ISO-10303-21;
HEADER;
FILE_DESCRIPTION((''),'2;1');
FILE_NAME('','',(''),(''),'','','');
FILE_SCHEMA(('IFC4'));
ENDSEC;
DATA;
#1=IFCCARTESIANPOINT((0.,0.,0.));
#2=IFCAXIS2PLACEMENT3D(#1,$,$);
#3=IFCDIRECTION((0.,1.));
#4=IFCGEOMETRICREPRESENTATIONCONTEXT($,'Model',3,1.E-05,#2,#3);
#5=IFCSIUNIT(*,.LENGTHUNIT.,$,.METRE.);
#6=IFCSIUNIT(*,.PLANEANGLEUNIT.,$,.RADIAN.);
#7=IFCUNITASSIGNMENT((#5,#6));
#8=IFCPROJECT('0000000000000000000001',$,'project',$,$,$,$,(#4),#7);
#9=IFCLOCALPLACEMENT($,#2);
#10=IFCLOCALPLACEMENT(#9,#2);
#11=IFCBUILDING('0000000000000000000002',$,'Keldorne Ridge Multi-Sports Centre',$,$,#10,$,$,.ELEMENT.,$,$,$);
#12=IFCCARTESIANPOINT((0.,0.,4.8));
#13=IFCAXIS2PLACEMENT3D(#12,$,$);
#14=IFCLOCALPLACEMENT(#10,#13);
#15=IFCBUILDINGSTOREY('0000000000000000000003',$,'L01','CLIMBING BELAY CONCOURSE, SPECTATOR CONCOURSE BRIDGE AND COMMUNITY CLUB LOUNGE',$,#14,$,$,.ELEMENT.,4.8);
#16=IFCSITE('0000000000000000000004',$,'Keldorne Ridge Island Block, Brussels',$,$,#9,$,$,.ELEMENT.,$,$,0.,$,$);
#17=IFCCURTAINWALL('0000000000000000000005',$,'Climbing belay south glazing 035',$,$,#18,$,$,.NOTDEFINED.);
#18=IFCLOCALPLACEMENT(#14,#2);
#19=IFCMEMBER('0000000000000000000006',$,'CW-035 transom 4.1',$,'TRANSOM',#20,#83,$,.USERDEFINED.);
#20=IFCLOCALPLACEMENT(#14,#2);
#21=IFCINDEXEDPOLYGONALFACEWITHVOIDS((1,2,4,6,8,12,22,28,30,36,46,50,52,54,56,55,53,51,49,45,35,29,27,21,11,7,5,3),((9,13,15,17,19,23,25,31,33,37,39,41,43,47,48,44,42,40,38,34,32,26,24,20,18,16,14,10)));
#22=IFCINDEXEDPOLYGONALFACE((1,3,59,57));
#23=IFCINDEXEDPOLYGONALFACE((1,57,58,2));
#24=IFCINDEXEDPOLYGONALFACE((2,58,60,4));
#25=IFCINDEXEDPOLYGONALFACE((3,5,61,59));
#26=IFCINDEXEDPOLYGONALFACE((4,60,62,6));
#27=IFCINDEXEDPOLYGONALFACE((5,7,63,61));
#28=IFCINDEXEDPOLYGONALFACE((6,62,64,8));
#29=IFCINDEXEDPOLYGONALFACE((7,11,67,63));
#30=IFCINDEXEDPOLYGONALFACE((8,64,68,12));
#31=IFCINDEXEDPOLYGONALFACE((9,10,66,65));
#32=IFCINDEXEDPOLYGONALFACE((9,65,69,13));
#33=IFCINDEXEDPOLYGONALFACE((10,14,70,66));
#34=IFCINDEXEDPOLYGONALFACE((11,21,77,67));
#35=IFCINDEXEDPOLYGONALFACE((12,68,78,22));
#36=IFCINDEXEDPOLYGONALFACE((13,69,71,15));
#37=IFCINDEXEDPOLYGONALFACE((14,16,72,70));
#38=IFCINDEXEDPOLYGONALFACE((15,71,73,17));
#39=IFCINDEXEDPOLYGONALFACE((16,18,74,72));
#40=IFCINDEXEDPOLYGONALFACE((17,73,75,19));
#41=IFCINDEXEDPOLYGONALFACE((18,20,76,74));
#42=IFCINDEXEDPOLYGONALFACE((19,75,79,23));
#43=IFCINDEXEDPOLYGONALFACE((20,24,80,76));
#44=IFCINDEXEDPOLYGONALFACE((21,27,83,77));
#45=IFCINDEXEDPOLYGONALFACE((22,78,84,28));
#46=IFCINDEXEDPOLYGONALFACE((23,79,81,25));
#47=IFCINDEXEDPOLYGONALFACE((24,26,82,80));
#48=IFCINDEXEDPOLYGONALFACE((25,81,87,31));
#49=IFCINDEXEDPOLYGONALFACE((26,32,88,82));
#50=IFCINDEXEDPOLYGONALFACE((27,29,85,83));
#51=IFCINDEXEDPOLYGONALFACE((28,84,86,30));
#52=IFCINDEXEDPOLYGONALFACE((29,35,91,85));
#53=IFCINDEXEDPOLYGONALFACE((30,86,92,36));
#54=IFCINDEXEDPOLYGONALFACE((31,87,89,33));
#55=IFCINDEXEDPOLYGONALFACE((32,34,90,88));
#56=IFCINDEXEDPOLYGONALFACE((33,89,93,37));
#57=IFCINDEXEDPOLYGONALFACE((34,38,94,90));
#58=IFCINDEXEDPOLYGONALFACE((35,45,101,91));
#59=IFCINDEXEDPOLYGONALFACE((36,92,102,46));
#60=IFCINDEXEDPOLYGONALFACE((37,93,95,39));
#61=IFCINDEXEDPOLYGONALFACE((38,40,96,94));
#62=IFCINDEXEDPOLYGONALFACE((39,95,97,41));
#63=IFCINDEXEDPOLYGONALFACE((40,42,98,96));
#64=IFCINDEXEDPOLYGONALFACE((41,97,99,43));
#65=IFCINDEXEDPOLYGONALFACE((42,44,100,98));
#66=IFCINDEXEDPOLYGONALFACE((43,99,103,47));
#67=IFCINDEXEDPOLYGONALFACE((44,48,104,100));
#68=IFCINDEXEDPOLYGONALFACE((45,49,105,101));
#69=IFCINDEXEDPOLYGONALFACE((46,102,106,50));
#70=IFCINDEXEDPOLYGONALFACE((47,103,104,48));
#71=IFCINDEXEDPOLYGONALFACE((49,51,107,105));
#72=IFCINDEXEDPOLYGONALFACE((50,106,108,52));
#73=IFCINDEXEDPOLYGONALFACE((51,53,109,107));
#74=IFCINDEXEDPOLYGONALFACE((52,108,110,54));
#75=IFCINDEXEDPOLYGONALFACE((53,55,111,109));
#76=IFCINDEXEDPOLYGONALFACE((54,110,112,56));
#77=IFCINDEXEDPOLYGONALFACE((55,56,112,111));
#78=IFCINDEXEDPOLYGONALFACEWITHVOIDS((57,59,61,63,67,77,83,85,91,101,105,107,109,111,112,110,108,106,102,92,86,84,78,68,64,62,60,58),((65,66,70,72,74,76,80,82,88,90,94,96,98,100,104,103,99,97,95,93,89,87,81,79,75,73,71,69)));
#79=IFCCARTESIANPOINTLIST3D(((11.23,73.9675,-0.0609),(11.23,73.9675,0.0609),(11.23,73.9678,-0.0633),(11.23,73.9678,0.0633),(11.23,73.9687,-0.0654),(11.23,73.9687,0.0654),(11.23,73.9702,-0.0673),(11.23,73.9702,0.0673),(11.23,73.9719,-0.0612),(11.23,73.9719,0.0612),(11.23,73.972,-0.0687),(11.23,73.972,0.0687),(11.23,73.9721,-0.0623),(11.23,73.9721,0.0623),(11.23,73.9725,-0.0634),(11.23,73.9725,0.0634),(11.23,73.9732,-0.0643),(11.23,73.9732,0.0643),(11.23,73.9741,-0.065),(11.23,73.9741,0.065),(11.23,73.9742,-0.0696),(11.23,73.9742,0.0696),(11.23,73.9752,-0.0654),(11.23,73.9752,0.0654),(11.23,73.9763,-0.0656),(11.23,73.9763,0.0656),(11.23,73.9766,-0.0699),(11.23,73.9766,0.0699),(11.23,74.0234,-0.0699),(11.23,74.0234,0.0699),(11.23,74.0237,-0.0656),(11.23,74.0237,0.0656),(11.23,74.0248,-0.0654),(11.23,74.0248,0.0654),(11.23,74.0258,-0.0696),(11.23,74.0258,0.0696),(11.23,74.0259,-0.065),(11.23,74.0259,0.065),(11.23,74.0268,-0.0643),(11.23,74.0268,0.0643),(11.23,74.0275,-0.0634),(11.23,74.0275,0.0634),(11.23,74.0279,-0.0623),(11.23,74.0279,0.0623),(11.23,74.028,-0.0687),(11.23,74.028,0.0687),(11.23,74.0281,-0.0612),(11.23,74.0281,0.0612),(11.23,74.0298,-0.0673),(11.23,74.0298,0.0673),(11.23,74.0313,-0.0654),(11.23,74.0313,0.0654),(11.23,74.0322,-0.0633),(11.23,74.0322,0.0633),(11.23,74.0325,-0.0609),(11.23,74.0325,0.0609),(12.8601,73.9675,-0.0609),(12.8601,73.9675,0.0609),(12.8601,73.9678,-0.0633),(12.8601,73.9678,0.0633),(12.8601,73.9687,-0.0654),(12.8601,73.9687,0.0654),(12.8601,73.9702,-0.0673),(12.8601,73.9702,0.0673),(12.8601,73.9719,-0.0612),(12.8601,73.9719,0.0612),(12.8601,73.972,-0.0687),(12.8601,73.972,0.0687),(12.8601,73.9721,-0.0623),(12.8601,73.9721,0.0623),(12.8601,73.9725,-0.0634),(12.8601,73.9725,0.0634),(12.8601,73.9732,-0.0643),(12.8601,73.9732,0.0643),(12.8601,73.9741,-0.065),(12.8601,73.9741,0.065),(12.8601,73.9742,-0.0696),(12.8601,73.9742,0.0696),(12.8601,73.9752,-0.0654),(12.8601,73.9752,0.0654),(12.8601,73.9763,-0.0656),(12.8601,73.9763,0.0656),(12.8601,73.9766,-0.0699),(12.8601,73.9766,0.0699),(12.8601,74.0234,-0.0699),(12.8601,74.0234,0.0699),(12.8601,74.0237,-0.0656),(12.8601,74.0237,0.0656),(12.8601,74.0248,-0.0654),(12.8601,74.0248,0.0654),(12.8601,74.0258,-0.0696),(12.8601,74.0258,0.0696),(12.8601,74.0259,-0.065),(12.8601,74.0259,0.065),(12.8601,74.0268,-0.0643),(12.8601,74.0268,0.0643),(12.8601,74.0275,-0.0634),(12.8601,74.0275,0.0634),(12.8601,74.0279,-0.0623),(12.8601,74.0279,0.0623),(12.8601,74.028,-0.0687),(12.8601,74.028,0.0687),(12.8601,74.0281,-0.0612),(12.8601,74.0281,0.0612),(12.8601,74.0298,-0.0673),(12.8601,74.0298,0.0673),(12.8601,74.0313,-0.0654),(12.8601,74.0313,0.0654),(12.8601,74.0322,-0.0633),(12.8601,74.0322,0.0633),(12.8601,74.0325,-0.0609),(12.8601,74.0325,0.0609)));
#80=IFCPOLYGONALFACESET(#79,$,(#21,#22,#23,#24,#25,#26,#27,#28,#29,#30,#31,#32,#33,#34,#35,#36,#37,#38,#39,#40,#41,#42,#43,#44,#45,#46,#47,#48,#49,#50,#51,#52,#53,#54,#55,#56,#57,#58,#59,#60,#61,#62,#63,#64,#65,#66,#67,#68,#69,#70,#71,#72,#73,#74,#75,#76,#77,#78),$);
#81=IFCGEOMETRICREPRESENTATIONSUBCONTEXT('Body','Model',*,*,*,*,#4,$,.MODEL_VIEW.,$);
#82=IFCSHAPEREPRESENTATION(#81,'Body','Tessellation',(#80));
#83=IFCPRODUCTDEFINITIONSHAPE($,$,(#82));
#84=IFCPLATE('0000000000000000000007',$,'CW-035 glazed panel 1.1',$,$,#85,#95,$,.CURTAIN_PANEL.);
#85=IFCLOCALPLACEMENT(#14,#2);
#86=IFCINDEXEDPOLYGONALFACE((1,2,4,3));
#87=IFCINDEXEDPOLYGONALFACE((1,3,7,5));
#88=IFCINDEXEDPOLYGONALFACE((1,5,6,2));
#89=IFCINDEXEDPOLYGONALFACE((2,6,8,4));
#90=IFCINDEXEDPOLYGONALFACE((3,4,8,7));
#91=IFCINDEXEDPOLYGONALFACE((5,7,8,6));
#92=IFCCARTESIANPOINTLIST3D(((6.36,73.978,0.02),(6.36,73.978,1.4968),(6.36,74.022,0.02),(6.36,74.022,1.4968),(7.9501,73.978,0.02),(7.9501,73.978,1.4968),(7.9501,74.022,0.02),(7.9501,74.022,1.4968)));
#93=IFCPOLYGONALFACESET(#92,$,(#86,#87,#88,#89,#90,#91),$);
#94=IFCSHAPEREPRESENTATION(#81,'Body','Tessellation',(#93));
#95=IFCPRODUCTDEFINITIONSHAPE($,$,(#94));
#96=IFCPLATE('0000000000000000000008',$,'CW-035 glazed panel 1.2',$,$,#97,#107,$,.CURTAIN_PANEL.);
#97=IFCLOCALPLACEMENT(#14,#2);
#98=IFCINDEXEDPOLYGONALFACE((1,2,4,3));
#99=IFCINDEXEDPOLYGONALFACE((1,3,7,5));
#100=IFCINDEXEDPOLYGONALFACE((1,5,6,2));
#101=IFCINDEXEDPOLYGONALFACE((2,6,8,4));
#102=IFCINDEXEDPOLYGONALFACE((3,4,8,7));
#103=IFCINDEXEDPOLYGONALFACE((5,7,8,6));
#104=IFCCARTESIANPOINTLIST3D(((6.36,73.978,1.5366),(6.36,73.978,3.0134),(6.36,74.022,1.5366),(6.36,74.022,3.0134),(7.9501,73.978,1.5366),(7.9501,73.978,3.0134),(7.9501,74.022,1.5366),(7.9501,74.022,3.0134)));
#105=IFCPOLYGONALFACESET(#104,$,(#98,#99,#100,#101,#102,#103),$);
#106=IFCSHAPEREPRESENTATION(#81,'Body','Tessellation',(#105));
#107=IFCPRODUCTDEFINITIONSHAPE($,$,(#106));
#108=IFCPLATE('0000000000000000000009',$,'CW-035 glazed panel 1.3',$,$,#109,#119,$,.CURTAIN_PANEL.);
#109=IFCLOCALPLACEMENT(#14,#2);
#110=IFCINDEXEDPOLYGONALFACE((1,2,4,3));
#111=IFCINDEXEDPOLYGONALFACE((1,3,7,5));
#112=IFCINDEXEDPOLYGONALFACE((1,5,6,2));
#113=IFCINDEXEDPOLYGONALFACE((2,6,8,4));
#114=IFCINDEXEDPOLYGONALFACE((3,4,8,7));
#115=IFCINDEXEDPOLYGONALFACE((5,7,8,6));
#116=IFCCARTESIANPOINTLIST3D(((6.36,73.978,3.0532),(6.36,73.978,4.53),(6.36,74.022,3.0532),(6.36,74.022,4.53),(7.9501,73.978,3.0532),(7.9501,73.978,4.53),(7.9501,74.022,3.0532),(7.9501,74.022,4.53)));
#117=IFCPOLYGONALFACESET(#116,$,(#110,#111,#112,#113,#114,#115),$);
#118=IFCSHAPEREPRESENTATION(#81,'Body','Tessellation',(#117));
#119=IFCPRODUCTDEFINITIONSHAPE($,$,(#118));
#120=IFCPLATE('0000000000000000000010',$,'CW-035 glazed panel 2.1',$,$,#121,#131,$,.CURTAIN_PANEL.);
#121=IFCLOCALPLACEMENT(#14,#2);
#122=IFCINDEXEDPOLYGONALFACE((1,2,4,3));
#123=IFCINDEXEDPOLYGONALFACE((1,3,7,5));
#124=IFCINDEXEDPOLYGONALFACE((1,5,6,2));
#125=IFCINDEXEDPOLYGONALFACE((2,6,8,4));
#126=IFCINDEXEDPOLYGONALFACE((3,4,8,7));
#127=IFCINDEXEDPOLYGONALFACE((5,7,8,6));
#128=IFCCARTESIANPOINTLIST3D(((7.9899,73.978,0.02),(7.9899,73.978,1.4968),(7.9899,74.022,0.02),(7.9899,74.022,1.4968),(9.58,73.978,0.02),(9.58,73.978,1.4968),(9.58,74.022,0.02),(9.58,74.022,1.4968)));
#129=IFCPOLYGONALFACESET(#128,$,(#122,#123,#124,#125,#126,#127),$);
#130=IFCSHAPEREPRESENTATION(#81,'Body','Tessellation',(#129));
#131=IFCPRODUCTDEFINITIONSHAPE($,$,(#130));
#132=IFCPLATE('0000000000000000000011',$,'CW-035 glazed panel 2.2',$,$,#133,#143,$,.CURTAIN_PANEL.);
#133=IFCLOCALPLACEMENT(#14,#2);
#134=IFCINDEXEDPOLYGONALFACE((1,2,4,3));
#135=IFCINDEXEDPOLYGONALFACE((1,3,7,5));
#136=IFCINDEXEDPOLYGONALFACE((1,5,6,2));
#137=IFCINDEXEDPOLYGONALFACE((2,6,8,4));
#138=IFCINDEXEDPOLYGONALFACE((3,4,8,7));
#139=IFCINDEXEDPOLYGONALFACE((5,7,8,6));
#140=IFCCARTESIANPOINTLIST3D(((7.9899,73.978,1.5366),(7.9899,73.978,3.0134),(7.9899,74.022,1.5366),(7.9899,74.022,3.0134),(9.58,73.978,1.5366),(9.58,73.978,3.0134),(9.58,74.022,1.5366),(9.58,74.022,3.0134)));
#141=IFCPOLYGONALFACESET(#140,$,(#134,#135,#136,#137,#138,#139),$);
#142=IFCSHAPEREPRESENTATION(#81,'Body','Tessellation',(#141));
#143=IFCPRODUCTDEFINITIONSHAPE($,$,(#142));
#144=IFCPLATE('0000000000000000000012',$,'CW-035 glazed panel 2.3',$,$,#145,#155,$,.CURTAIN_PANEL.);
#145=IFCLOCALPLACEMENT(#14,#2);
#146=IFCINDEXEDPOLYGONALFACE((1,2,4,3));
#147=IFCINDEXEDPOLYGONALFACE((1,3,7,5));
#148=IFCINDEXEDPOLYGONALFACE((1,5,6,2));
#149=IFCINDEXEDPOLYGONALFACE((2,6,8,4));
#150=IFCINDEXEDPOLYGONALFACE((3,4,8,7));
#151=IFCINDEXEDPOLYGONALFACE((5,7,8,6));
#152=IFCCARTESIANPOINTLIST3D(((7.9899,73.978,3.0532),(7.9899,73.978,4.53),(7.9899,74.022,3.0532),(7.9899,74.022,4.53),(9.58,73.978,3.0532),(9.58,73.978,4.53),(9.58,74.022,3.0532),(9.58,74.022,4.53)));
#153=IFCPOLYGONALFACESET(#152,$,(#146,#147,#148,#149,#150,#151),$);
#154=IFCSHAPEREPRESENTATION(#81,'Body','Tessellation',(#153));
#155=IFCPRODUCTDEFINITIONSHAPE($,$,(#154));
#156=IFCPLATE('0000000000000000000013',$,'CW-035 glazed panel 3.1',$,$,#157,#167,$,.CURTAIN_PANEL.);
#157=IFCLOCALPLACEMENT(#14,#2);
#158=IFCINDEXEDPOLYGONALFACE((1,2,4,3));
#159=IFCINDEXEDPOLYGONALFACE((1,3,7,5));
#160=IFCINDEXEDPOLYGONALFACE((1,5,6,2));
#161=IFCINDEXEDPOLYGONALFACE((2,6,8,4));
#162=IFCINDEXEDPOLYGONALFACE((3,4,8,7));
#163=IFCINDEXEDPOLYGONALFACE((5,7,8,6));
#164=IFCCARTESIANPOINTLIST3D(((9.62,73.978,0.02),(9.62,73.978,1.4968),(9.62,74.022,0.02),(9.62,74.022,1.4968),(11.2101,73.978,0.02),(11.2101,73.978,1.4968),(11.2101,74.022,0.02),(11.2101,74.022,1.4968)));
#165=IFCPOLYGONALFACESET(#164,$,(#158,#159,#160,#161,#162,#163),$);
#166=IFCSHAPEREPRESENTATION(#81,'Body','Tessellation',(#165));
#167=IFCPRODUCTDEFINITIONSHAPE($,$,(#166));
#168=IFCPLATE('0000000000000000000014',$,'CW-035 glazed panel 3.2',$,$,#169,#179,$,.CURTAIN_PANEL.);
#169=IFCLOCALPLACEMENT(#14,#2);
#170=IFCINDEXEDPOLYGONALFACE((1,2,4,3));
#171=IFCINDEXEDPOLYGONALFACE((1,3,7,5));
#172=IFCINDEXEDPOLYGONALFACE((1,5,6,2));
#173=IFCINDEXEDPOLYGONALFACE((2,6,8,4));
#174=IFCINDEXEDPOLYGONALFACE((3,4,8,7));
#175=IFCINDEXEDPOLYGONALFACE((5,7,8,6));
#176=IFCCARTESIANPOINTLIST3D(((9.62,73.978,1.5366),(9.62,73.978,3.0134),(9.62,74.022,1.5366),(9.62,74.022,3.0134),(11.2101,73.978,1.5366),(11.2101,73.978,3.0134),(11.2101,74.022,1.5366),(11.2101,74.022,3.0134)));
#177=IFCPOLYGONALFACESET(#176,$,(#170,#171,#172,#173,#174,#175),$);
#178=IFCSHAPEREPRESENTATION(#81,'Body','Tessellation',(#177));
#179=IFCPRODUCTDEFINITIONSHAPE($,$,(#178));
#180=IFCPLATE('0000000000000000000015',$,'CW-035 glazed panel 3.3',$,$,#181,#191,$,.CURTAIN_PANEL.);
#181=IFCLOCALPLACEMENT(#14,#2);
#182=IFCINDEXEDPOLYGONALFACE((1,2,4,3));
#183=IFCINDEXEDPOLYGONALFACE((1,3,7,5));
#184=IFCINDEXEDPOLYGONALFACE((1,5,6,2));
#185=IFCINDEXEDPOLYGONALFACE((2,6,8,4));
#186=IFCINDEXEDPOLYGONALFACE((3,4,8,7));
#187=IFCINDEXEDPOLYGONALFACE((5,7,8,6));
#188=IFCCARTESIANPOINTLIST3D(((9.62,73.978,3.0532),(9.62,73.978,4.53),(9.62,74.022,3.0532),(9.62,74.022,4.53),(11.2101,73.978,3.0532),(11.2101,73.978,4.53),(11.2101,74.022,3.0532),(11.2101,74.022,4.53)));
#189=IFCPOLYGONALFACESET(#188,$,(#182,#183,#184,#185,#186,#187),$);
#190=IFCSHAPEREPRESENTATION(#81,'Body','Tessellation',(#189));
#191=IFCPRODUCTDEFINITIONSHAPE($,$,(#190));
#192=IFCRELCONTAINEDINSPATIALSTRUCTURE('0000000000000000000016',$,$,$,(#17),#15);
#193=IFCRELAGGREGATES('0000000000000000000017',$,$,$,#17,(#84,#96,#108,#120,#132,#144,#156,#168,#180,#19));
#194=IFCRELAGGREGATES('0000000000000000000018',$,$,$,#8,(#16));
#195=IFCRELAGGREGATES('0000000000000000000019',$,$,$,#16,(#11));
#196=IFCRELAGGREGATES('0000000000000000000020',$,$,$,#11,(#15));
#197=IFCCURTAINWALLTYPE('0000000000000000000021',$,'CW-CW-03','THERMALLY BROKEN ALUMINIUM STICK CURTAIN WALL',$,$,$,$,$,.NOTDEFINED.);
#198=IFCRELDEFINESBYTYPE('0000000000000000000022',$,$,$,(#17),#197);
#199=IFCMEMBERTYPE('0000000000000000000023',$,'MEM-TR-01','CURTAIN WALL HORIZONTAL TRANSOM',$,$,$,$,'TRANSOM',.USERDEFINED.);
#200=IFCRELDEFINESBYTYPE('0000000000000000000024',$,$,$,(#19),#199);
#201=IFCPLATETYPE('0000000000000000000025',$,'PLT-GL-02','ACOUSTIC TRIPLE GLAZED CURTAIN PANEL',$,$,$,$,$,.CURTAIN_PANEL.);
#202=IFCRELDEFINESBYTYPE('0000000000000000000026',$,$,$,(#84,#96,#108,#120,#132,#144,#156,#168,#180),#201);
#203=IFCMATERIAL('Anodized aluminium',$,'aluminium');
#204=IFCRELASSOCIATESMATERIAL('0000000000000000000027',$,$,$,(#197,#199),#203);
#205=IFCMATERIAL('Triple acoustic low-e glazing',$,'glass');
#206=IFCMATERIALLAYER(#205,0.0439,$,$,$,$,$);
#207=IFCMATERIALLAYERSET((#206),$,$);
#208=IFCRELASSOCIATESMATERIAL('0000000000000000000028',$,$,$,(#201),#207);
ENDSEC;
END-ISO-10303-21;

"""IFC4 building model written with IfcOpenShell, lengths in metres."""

from ifc_helpers import new_model, si_unit, direction, frame, origin, origin_2d, place, context, subcontext, project, spatial, rectangle, hollow_rectangle, extrude, material, layer, layer_set, material_profile, profile_set, type_object, element, aggregate, save


model = new_model("IFC4")

# Units and contexts
model_context = context("Model", 3, precision=1e-05, world=origin(), true_north=direction((0.0, 1.0)))
body_context = subcontext(model_context, "Body", "Model", "MODEL_VIEW")
ifc_project = project(units=[si_unit("LENGTHUNIT", "METRE"), si_unit("PLANEANGLEUNIT", "RADIAN")], contexts=[model_context])

# Site, building, storey
site_placement = place(None, origin())
site = spatial("IfcSite", under=ifc_project, at=site_placement, Name="Keldorne Ridge Island Block, Brussels", CompositionType="ELEMENT", RefElevation=0.0)
building_placement = place(site_placement, origin())
building = spatial("IfcBuilding", under=site, at=building_placement, Name="Keldorne Ridge Multi-Sports Centre", CompositionType="ELEMENT")
storey_placement = place(building_placement, frame((0.0, 0.0, 4.8)))
storey = spatial("IfcBuildingStorey", under=building, at=storey_placement, Name="L01", Description="CLIMBING BELAY CONCOURSE, SPECTATOR CONCOURSE BRIDGE AND COMMUNITY CLUB LOUNGE", CompositionType="ELEMENT", Elevation=4.8)

# Curtain wall, member, plates
ifc_material_1 = material(Name="Anodized aluminium", Category="aluminium")
curtain_wall_type = type_object("IfcCurtainWallType", Name="CW-CW-03", Description="THERMALLY BROKEN ALUMINIUM STICK CURTAIN WALL", PredefinedType="NOTDEFINED", material=ifc_material_1)
curtain_wall_placement = place(storey_placement, origin())
curtain_wall = element("IfcCurtainWall", 1, at=curtain_wall_placement, inside=storey, type_object=curtain_wall_type, Name="Climbing belay south glazing 035", PredefinedType="NOTDEFINED")
ifc_material_profile_1 = material_profile(ifc_material_1, hollow_rectangle(XDim=0.0649, YDim=0.1399, WallThickness=0.0044, InnerFilletRadius=0.0044, OuterFilletRadius=0.009, at=origin_2d()), Name="ALU TRANSOM 140x65x4.5")
ifc_profile_set_1 = profile_set([ifc_material_profile_1], Name="Anodized aluminium")
member_type_1 = type_object("IfcMemberType", Name="MEM-TR-01", Description="CURTAIN WALL HORIZONTAL TRANSOM", ElementType="TRANSOM", PredefinedType="USERDEFINED", material=ifc_profile_set_1)
member_1_placement = place(storey_placement, frame((11.23, 74.0, 0.0), z_axis=(1.0, 0.0, 0.0), x_axis=(0.0, 1.0, 0.0)))
member_1 = element("IfcMember", 2, at=member_1_placement, type_object=member_type_1, Name="CW-035 transom 4.1", ObjectType="TRANSOM", PredefinedType="USERDEFINED", context=body_context, shape_type="SweptSolid", body=[
    extrude(hollow_rectangle(XDim=0.0649, YDim=0.1399, WallThickness=0.0044, InnerFilletRadius=0.0044, OuterFilletRadius=0.009, at=origin_2d()), origin(), (0.0, 0.0, 1.0), 1.6301),
])
ifc_material_2 = material(Name="Triple acoustic low-e glazing", Category="glass")
ifc_layer_1 = layer(ifc_material_2, 0.0439)
ifc_layer_set_1 = layer_set([ifc_layer_1])
plate_type = type_object("IfcPlateType", Name="PLT-GL-02", Description="ACOUSTIC TRIPLE GLAZED CURTAIN PANEL", PredefinedType="CURTAIN_PANEL", material=ifc_layer_set_1)
plate_1_placement = place(storey_placement, frame((7.155, 74.0, 0.02), z_axis=(0.0, 0.0, 1.0), x_axis=(1.0, 0.0, 0.0)))
plate_1 = element("IfcPlate", 3, at=plate_1_placement, type_object=plate_type, Name="CW-035 glazed panel 1.1", PredefinedType="CURTAIN_PANEL", context=body_context, shape_type="SweptSolid", body=[
    extrude(rectangle(XDim=1.5901, YDim=0.0439, at=origin_2d()), origin(), (0.0, 0.0, 1.0), 1.4768),
])
plate_2_placement = place(storey_placement, frame((7.155, 74.0, 1.5366), z_axis=(0.0, 0.0, 1.0), x_axis=(1.0, 0.0, 0.0)))
plate_2 = element("IfcPlate", 4, at=plate_2_placement, type_object=plate_type, Name="CW-035 glazed panel 1.2", PredefinedType="CURTAIN_PANEL", context=body_context, shape_type="SweptSolid", body=[
    extrude(rectangle(XDim=1.5901, YDim=0.0439, at=origin_2d()), origin(), (0.0, 0.0, 1.0), 1.4768),
])
plate_3_placement = place(storey_placement, frame((7.155, 74.0, 3.0532), z_axis=(0.0, 0.0, 1.0), x_axis=(1.0, 0.0, 0.0)))
plate_3 = element("IfcPlate", 5, at=plate_3_placement, type_object=plate_type, Name="CW-035 glazed panel 1.3", PredefinedType="CURTAIN_PANEL", context=body_context, shape_type="SweptSolid", body=[
    extrude(rectangle(XDim=1.5901, YDim=0.0439, at=origin_2d()), origin(), (0.0, 0.0, 1.0), 1.4768),
])
plate_4_placement = place(storey_placement, frame((8.7849, 74.0, 0.02), z_axis=(0.0, 0.0, 1.0), x_axis=(1.0, 0.0, 0.0)))
plate_4 = element("IfcPlate", 6, at=plate_4_placement, type_object=plate_type, Name="CW-035 glazed panel 2.1", PredefinedType="CURTAIN_PANEL", context=body_context, shape_type="SweptSolid", body=[
    extrude(rectangle(XDim=1.5901, YDim=0.0439, at=origin_2d()), origin(), (0.0, 0.0, 1.0), 1.4768),
])
plate_5_placement = place(storey_placement, frame((8.7849, 74.0, 1.5366), z_axis=(0.0, 0.0, 1.0), x_axis=(1.0, 0.0, 0.0)))
plate_5 = element("IfcPlate", 7, at=plate_5_placement, type_object=plate_type, Name="CW-035 glazed panel 2.2", PredefinedType="CURTAIN_PANEL", context=body_context, shape_type="SweptSolid", body=[
    extrude(rectangle(XDim=1.5901, YDim=0.0439, at=origin_2d()), origin(), (0.0, 0.0, 1.0), 1.4768),
])
plate_6_placement = place(storey_placement, frame((8.7849, 74.0, 3.0532), z_axis=(0.0, 0.0, 1.0), x_axis=(1.0, 0.0, 0.0)))
plate_6 = element("IfcPlate", 8, at=plate_6_placement, type_object=plate_type, Name="CW-035 glazed panel 2.3", PredefinedType="CURTAIN_PANEL", context=body_context, shape_type="SweptSolid", body=[
    extrude(rectangle(XDim=1.5901, YDim=0.0439, at=origin_2d()), origin(), (0.0, 0.0, 1.0), 1.4768),
])
plate_7_placement = place(storey_placement, frame((10.415, 74.0, 0.02), z_axis=(0.0, 0.0, 1.0), x_axis=(1.0, 0.0, 0.0)))
plate_7 = element("IfcPlate", 9, at=plate_7_placement, type_object=plate_type, Name="CW-035 glazed panel 3.1", PredefinedType="CURTAIN_PANEL", context=body_context, shape_type="SweptSolid", body=[
    extrude(rectangle(XDim=1.5901, YDim=0.0439, at=origin_2d()), origin(), (0.0, 0.0, 1.0), 1.4768),
])
plate_8_placement = place(storey_placement, frame((10.415, 74.0, 1.5366), z_axis=(0.0, 0.0, 1.0), x_axis=(1.0, 0.0, 0.0)))
plate_8 = element("IfcPlate", 10, at=plate_8_placement, type_object=plate_type, Name="CW-035 glazed panel 3.2", PredefinedType="CURTAIN_PANEL", context=body_context, shape_type="SweptSolid", body=[
    extrude(rectangle(XDim=1.5901, YDim=0.0439, at=origin_2d()), origin(), (0.0, 0.0, 1.0), 1.4768),
])
plate_9_placement = place(storey_placement, frame((10.415, 74.0, 3.0532), z_axis=(0.0, 0.0, 1.0), x_axis=(1.0, 0.0, 0.0)))
plate_9 = element("IfcPlate", 11, at=plate_9_placement, type_object=plate_type, Name="CW-035 glazed panel 3.3", PredefinedType="CURTAIN_PANEL", context=body_context, shape_type="SweptSolid", body=[
    extrude(rectangle(XDim=1.5901, YDim=0.0439, at=origin_2d()), origin(), (0.0, 0.0, 1.0), 1.4768),
])
aggregate(curtain_wall, [plate_1, plate_2, plate_3, plate_4, plate_5, plate_6, plate_7, plate_8, plate_9, member_1])

save(model, "model.ifc")
